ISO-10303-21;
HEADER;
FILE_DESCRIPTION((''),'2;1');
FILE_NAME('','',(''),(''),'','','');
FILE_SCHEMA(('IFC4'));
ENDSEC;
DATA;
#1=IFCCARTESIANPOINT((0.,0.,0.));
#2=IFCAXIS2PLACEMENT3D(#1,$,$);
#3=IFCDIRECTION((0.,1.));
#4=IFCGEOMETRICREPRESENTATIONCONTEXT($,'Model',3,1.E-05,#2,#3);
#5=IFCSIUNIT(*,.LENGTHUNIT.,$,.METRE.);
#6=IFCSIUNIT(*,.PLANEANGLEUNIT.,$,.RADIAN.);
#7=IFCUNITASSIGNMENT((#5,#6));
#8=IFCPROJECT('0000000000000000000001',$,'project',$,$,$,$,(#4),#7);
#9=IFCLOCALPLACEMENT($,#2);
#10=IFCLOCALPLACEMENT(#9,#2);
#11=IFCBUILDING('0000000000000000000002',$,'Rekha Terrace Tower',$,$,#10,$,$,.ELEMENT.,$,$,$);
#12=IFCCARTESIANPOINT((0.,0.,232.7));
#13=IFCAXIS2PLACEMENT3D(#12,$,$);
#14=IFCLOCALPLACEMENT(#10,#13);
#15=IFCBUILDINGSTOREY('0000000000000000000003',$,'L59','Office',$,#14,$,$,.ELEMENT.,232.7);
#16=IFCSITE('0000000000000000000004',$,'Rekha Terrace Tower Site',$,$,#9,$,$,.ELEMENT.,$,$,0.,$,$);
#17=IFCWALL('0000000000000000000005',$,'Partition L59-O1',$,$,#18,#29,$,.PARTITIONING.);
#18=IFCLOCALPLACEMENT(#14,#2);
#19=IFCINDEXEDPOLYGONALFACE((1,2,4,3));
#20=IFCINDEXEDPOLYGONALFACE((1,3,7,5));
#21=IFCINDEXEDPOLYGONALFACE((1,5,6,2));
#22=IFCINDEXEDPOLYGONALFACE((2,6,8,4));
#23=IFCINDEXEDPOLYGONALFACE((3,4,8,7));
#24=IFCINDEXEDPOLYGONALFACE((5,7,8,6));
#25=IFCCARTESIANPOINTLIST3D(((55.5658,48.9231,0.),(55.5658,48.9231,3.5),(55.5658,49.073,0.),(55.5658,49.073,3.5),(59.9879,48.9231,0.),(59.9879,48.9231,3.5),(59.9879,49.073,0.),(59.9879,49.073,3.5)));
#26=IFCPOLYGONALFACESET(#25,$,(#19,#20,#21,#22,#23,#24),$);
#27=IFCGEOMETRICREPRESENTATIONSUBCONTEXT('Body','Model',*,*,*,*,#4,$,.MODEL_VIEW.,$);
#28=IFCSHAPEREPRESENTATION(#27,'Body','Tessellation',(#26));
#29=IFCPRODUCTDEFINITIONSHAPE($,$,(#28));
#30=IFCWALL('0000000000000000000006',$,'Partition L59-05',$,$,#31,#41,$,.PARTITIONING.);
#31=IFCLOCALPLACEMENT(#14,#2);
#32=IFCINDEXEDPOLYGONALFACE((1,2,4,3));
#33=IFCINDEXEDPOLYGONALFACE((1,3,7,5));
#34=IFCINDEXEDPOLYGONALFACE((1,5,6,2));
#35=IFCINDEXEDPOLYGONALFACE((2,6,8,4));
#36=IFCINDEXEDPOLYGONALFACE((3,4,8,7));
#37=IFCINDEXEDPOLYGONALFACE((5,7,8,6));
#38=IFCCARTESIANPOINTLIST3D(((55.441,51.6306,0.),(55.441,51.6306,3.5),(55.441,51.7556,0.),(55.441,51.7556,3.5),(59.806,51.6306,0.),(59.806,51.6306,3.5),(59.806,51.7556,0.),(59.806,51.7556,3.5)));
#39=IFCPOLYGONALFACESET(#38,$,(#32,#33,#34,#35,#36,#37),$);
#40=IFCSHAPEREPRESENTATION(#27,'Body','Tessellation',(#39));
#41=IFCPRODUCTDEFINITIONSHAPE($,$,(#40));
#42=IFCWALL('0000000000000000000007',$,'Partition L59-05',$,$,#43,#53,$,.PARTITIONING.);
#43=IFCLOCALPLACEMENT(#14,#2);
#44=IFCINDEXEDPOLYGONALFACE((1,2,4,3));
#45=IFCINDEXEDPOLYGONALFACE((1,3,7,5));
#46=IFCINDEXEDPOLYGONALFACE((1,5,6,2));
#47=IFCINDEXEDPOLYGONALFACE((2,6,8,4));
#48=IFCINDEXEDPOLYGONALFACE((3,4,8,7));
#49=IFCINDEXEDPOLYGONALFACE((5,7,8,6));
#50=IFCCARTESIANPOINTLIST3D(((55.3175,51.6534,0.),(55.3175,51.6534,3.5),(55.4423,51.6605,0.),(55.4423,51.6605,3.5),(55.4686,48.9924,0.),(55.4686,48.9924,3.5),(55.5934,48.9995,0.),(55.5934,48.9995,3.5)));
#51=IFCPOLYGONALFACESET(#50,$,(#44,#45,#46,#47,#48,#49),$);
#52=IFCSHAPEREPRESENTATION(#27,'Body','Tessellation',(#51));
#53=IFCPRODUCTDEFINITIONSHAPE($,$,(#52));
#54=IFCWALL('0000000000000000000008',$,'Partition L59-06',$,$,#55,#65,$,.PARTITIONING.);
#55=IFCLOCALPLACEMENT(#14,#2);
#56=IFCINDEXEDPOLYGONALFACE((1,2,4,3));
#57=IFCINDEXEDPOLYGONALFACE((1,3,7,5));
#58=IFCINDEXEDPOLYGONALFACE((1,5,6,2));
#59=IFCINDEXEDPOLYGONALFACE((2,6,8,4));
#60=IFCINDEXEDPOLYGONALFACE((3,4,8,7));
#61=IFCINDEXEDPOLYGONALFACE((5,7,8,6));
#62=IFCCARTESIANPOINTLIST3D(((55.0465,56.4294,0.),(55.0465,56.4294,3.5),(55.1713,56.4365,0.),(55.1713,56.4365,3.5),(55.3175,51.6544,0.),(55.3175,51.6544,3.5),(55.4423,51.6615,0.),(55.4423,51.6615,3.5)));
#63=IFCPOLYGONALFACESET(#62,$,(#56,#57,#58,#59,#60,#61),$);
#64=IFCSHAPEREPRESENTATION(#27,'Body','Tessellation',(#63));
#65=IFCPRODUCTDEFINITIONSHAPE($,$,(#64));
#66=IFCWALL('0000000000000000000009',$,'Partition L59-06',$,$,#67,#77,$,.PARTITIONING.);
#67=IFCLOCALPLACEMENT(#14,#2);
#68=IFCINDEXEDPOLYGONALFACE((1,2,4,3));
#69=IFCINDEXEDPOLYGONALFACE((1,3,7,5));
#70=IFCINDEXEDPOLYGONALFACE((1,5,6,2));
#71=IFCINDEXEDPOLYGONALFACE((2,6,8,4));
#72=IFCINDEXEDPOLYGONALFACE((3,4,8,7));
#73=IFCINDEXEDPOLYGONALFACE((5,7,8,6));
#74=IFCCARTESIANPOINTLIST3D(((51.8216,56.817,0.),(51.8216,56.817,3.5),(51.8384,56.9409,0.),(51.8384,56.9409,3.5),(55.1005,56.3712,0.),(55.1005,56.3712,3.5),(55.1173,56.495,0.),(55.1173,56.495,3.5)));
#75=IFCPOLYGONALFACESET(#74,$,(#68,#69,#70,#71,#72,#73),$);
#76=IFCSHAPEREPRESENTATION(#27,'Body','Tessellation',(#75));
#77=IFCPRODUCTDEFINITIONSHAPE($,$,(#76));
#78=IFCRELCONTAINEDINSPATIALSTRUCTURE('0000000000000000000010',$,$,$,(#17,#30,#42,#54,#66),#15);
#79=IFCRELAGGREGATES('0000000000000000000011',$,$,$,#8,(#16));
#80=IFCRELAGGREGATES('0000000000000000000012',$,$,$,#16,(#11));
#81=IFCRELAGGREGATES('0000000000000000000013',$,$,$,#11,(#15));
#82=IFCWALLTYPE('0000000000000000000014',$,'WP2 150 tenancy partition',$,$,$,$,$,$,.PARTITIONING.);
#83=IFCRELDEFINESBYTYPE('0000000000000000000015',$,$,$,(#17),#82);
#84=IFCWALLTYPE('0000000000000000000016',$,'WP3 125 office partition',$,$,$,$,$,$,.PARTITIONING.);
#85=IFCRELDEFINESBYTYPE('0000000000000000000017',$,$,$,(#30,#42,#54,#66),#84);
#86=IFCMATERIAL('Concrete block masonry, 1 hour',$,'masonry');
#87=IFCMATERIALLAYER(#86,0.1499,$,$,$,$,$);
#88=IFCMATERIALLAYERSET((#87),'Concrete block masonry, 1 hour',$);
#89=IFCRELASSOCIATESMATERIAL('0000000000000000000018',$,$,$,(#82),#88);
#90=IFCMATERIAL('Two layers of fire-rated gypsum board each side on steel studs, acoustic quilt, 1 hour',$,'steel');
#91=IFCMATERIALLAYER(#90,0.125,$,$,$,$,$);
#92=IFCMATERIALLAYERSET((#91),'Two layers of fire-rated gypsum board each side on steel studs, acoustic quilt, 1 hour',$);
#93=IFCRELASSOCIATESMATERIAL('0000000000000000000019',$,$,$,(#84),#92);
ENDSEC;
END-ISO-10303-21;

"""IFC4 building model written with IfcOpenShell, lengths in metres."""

from ifc_helpers import new_model, si_unit, direction, frame, frame_2d, origin, place, context, subcontext, project, spatial, rectangle, extrude, material, layer, layer_set, type_object, element, save


model = new_model("IFC4")

# Units and contexts
model_context = context("Model", 3, precision=1e-05, world=origin(), true_north=direction((0.0, 1.0)))
body_context = subcontext(model_context, "Body", "Model", "MODEL_VIEW")
ifc_project = project(units=[si_unit("LENGTHUNIT", "METRE"), si_unit("PLANEANGLEUNIT", "RADIAN")], contexts=[model_context])

# Site, building, storey
site_placement = place(None, origin())
site = spatial("IfcSite", under=ifc_project, at=site_placement, Name="Rekha Terrace Tower Site", CompositionType="ELEMENT", RefElevation=0.0)
building_placement = place(site_placement, origin())
building = spatial("IfcBuilding", under=site, at=building_placement, Name="Rekha Terrace Tower", CompositionType="ELEMENT")
storey_placement = place(building_placement, frame((0.0, 0.0, 232.7)))
storey = spatial("IfcBuildingStorey", under=building, at=storey_placement, Name="L59", Description="Office", CompositionType="ELEMENT", Elevation=232.7)

# Walls
ifc_material_1 = material(Name="Concrete block masonry, 1 hour", Category="masonry")
ifc_layer_1 = layer(ifc_material_1, 0.1499)
ifc_layer_set_1 = layer_set([ifc_layer_1], Name="Concrete block masonry, 1 hour")
wall_type_1 = type_object("IfcWallType", Name="WP2 150 tenancy partition", PredefinedType="PARTITIONING", material=ifc_layer_set_1)
wall_1_placement = place(storey_placement, frame((55.5659, 48.998, 0.0), z_axis=(0.0, 0.0, 1.0), x_axis=(1.0, 0.0, 0.0)))
element("IfcWall", 1, at=wall_1_placement, inside=storey, type_object=wall_type_1, Name="Partition L59-O1", PredefinedType="PARTITIONING", context=body_context, shape_type="SweptSolid", body=[
    extrude(rectangle(XDim=4.4221, YDim=0.1499, at=frame_2d((2.2109, 0.0))), origin(), (0.0, 0.0, 1.0), 3.5),
])
ifc_material_2 = material(Name="Two layers of fire-rated gypsum board each side on steel studs, acoustic quilt, 1 hour", Category="steel")
ifc_layer_2 = layer(ifc_material_2, 0.125)
ifc_layer_set_2 = layer_set([ifc_layer_2], Name="Two layers of fire-rated gypsum board each side on steel studs, acoustic quilt, 1 hour")
wall_type_2 = type_object("IfcWallType", Name="WP3 125 office partition", PredefinedType="PARTITIONING", material=ifc_layer_set_2)
wall_2_placement = place(storey_placement, frame((55.4409, 51.6931, 0.0), z_axis=(0.0, 0.0, 1.0), x_axis=(1.0, 0.0, 0.0)))
element("IfcWall", 2, at=wall_2_placement, inside=storey, type_object=wall_type_2, Name="Partition L59-05", PredefinedType="PARTITIONING", context=body_context, shape_type="SweptSolid", body=[
    extrude(rectangle(XDim=4.365, YDim=0.125, at=frame_2d((2.1826, 0.0))), origin(), (0.0, 0.0, 1.0), 3.5),
])
wall_3_placement = place(storey_placement, frame((55.531, 48.9961, 0.0), z_axis=(0.0, 0.0, 1.0), x_axis=(-0.056703, 0.998391, 0.0)))
element("IfcWall", 3, at=wall_3_placement, inside=storey, type_object=wall_type_2, Name="Partition L59-05", PredefinedType="PARTITIONING", context=body_context, shape_type="SweptSolid", body=[
    extrude(rectangle(XDim=2.6653, YDim=0.125, at=frame_2d((1.3325, 0.0))), origin(), (0.0, 0.0, 1.0), 3.5),
])
wall_4_placement = place(storey_placement, frame((55.3799, 51.658, 0.0), z_axis=(0.0, 0.0, 1.0), x_axis=(-0.05666, 0.998394, 0.0)))
element("IfcWall", 4, at=wall_4_placement, inside=storey, type_object=wall_type_2, Name="Partition L59-06", PredefinedType="PARTITIONING", context=body_context, shape_type="SweptSolid", body=[
    extrude(rectangle(XDim=4.7827, YDim=0.125, at=frame_2d((2.3914, 0.0))), origin(), (0.0, 0.0, 1.0), 3.5),
])
wall_5_placement = place(storey_placement, frame((55.1089, 56.4331, 0.0), z_axis=(0.0, 0.0, 1.0), x_axis=(-0.990883, 0.134725, 0.0)))
element("IfcWall", 5, at=wall_5_placement, inside=storey, type_object=wall_type_2, Name="Partition L59-06", PredefinedType="PARTITIONING", context=body_context, shape_type="SweptSolid", body=[
    extrude(rectangle(XDim=3.3091, YDim=0.125, at=frame_2d((1.6545, 0.0))), origin(), (0.0, 0.0, 1.0), 3.5),
])

save(model, "model.ifc")
